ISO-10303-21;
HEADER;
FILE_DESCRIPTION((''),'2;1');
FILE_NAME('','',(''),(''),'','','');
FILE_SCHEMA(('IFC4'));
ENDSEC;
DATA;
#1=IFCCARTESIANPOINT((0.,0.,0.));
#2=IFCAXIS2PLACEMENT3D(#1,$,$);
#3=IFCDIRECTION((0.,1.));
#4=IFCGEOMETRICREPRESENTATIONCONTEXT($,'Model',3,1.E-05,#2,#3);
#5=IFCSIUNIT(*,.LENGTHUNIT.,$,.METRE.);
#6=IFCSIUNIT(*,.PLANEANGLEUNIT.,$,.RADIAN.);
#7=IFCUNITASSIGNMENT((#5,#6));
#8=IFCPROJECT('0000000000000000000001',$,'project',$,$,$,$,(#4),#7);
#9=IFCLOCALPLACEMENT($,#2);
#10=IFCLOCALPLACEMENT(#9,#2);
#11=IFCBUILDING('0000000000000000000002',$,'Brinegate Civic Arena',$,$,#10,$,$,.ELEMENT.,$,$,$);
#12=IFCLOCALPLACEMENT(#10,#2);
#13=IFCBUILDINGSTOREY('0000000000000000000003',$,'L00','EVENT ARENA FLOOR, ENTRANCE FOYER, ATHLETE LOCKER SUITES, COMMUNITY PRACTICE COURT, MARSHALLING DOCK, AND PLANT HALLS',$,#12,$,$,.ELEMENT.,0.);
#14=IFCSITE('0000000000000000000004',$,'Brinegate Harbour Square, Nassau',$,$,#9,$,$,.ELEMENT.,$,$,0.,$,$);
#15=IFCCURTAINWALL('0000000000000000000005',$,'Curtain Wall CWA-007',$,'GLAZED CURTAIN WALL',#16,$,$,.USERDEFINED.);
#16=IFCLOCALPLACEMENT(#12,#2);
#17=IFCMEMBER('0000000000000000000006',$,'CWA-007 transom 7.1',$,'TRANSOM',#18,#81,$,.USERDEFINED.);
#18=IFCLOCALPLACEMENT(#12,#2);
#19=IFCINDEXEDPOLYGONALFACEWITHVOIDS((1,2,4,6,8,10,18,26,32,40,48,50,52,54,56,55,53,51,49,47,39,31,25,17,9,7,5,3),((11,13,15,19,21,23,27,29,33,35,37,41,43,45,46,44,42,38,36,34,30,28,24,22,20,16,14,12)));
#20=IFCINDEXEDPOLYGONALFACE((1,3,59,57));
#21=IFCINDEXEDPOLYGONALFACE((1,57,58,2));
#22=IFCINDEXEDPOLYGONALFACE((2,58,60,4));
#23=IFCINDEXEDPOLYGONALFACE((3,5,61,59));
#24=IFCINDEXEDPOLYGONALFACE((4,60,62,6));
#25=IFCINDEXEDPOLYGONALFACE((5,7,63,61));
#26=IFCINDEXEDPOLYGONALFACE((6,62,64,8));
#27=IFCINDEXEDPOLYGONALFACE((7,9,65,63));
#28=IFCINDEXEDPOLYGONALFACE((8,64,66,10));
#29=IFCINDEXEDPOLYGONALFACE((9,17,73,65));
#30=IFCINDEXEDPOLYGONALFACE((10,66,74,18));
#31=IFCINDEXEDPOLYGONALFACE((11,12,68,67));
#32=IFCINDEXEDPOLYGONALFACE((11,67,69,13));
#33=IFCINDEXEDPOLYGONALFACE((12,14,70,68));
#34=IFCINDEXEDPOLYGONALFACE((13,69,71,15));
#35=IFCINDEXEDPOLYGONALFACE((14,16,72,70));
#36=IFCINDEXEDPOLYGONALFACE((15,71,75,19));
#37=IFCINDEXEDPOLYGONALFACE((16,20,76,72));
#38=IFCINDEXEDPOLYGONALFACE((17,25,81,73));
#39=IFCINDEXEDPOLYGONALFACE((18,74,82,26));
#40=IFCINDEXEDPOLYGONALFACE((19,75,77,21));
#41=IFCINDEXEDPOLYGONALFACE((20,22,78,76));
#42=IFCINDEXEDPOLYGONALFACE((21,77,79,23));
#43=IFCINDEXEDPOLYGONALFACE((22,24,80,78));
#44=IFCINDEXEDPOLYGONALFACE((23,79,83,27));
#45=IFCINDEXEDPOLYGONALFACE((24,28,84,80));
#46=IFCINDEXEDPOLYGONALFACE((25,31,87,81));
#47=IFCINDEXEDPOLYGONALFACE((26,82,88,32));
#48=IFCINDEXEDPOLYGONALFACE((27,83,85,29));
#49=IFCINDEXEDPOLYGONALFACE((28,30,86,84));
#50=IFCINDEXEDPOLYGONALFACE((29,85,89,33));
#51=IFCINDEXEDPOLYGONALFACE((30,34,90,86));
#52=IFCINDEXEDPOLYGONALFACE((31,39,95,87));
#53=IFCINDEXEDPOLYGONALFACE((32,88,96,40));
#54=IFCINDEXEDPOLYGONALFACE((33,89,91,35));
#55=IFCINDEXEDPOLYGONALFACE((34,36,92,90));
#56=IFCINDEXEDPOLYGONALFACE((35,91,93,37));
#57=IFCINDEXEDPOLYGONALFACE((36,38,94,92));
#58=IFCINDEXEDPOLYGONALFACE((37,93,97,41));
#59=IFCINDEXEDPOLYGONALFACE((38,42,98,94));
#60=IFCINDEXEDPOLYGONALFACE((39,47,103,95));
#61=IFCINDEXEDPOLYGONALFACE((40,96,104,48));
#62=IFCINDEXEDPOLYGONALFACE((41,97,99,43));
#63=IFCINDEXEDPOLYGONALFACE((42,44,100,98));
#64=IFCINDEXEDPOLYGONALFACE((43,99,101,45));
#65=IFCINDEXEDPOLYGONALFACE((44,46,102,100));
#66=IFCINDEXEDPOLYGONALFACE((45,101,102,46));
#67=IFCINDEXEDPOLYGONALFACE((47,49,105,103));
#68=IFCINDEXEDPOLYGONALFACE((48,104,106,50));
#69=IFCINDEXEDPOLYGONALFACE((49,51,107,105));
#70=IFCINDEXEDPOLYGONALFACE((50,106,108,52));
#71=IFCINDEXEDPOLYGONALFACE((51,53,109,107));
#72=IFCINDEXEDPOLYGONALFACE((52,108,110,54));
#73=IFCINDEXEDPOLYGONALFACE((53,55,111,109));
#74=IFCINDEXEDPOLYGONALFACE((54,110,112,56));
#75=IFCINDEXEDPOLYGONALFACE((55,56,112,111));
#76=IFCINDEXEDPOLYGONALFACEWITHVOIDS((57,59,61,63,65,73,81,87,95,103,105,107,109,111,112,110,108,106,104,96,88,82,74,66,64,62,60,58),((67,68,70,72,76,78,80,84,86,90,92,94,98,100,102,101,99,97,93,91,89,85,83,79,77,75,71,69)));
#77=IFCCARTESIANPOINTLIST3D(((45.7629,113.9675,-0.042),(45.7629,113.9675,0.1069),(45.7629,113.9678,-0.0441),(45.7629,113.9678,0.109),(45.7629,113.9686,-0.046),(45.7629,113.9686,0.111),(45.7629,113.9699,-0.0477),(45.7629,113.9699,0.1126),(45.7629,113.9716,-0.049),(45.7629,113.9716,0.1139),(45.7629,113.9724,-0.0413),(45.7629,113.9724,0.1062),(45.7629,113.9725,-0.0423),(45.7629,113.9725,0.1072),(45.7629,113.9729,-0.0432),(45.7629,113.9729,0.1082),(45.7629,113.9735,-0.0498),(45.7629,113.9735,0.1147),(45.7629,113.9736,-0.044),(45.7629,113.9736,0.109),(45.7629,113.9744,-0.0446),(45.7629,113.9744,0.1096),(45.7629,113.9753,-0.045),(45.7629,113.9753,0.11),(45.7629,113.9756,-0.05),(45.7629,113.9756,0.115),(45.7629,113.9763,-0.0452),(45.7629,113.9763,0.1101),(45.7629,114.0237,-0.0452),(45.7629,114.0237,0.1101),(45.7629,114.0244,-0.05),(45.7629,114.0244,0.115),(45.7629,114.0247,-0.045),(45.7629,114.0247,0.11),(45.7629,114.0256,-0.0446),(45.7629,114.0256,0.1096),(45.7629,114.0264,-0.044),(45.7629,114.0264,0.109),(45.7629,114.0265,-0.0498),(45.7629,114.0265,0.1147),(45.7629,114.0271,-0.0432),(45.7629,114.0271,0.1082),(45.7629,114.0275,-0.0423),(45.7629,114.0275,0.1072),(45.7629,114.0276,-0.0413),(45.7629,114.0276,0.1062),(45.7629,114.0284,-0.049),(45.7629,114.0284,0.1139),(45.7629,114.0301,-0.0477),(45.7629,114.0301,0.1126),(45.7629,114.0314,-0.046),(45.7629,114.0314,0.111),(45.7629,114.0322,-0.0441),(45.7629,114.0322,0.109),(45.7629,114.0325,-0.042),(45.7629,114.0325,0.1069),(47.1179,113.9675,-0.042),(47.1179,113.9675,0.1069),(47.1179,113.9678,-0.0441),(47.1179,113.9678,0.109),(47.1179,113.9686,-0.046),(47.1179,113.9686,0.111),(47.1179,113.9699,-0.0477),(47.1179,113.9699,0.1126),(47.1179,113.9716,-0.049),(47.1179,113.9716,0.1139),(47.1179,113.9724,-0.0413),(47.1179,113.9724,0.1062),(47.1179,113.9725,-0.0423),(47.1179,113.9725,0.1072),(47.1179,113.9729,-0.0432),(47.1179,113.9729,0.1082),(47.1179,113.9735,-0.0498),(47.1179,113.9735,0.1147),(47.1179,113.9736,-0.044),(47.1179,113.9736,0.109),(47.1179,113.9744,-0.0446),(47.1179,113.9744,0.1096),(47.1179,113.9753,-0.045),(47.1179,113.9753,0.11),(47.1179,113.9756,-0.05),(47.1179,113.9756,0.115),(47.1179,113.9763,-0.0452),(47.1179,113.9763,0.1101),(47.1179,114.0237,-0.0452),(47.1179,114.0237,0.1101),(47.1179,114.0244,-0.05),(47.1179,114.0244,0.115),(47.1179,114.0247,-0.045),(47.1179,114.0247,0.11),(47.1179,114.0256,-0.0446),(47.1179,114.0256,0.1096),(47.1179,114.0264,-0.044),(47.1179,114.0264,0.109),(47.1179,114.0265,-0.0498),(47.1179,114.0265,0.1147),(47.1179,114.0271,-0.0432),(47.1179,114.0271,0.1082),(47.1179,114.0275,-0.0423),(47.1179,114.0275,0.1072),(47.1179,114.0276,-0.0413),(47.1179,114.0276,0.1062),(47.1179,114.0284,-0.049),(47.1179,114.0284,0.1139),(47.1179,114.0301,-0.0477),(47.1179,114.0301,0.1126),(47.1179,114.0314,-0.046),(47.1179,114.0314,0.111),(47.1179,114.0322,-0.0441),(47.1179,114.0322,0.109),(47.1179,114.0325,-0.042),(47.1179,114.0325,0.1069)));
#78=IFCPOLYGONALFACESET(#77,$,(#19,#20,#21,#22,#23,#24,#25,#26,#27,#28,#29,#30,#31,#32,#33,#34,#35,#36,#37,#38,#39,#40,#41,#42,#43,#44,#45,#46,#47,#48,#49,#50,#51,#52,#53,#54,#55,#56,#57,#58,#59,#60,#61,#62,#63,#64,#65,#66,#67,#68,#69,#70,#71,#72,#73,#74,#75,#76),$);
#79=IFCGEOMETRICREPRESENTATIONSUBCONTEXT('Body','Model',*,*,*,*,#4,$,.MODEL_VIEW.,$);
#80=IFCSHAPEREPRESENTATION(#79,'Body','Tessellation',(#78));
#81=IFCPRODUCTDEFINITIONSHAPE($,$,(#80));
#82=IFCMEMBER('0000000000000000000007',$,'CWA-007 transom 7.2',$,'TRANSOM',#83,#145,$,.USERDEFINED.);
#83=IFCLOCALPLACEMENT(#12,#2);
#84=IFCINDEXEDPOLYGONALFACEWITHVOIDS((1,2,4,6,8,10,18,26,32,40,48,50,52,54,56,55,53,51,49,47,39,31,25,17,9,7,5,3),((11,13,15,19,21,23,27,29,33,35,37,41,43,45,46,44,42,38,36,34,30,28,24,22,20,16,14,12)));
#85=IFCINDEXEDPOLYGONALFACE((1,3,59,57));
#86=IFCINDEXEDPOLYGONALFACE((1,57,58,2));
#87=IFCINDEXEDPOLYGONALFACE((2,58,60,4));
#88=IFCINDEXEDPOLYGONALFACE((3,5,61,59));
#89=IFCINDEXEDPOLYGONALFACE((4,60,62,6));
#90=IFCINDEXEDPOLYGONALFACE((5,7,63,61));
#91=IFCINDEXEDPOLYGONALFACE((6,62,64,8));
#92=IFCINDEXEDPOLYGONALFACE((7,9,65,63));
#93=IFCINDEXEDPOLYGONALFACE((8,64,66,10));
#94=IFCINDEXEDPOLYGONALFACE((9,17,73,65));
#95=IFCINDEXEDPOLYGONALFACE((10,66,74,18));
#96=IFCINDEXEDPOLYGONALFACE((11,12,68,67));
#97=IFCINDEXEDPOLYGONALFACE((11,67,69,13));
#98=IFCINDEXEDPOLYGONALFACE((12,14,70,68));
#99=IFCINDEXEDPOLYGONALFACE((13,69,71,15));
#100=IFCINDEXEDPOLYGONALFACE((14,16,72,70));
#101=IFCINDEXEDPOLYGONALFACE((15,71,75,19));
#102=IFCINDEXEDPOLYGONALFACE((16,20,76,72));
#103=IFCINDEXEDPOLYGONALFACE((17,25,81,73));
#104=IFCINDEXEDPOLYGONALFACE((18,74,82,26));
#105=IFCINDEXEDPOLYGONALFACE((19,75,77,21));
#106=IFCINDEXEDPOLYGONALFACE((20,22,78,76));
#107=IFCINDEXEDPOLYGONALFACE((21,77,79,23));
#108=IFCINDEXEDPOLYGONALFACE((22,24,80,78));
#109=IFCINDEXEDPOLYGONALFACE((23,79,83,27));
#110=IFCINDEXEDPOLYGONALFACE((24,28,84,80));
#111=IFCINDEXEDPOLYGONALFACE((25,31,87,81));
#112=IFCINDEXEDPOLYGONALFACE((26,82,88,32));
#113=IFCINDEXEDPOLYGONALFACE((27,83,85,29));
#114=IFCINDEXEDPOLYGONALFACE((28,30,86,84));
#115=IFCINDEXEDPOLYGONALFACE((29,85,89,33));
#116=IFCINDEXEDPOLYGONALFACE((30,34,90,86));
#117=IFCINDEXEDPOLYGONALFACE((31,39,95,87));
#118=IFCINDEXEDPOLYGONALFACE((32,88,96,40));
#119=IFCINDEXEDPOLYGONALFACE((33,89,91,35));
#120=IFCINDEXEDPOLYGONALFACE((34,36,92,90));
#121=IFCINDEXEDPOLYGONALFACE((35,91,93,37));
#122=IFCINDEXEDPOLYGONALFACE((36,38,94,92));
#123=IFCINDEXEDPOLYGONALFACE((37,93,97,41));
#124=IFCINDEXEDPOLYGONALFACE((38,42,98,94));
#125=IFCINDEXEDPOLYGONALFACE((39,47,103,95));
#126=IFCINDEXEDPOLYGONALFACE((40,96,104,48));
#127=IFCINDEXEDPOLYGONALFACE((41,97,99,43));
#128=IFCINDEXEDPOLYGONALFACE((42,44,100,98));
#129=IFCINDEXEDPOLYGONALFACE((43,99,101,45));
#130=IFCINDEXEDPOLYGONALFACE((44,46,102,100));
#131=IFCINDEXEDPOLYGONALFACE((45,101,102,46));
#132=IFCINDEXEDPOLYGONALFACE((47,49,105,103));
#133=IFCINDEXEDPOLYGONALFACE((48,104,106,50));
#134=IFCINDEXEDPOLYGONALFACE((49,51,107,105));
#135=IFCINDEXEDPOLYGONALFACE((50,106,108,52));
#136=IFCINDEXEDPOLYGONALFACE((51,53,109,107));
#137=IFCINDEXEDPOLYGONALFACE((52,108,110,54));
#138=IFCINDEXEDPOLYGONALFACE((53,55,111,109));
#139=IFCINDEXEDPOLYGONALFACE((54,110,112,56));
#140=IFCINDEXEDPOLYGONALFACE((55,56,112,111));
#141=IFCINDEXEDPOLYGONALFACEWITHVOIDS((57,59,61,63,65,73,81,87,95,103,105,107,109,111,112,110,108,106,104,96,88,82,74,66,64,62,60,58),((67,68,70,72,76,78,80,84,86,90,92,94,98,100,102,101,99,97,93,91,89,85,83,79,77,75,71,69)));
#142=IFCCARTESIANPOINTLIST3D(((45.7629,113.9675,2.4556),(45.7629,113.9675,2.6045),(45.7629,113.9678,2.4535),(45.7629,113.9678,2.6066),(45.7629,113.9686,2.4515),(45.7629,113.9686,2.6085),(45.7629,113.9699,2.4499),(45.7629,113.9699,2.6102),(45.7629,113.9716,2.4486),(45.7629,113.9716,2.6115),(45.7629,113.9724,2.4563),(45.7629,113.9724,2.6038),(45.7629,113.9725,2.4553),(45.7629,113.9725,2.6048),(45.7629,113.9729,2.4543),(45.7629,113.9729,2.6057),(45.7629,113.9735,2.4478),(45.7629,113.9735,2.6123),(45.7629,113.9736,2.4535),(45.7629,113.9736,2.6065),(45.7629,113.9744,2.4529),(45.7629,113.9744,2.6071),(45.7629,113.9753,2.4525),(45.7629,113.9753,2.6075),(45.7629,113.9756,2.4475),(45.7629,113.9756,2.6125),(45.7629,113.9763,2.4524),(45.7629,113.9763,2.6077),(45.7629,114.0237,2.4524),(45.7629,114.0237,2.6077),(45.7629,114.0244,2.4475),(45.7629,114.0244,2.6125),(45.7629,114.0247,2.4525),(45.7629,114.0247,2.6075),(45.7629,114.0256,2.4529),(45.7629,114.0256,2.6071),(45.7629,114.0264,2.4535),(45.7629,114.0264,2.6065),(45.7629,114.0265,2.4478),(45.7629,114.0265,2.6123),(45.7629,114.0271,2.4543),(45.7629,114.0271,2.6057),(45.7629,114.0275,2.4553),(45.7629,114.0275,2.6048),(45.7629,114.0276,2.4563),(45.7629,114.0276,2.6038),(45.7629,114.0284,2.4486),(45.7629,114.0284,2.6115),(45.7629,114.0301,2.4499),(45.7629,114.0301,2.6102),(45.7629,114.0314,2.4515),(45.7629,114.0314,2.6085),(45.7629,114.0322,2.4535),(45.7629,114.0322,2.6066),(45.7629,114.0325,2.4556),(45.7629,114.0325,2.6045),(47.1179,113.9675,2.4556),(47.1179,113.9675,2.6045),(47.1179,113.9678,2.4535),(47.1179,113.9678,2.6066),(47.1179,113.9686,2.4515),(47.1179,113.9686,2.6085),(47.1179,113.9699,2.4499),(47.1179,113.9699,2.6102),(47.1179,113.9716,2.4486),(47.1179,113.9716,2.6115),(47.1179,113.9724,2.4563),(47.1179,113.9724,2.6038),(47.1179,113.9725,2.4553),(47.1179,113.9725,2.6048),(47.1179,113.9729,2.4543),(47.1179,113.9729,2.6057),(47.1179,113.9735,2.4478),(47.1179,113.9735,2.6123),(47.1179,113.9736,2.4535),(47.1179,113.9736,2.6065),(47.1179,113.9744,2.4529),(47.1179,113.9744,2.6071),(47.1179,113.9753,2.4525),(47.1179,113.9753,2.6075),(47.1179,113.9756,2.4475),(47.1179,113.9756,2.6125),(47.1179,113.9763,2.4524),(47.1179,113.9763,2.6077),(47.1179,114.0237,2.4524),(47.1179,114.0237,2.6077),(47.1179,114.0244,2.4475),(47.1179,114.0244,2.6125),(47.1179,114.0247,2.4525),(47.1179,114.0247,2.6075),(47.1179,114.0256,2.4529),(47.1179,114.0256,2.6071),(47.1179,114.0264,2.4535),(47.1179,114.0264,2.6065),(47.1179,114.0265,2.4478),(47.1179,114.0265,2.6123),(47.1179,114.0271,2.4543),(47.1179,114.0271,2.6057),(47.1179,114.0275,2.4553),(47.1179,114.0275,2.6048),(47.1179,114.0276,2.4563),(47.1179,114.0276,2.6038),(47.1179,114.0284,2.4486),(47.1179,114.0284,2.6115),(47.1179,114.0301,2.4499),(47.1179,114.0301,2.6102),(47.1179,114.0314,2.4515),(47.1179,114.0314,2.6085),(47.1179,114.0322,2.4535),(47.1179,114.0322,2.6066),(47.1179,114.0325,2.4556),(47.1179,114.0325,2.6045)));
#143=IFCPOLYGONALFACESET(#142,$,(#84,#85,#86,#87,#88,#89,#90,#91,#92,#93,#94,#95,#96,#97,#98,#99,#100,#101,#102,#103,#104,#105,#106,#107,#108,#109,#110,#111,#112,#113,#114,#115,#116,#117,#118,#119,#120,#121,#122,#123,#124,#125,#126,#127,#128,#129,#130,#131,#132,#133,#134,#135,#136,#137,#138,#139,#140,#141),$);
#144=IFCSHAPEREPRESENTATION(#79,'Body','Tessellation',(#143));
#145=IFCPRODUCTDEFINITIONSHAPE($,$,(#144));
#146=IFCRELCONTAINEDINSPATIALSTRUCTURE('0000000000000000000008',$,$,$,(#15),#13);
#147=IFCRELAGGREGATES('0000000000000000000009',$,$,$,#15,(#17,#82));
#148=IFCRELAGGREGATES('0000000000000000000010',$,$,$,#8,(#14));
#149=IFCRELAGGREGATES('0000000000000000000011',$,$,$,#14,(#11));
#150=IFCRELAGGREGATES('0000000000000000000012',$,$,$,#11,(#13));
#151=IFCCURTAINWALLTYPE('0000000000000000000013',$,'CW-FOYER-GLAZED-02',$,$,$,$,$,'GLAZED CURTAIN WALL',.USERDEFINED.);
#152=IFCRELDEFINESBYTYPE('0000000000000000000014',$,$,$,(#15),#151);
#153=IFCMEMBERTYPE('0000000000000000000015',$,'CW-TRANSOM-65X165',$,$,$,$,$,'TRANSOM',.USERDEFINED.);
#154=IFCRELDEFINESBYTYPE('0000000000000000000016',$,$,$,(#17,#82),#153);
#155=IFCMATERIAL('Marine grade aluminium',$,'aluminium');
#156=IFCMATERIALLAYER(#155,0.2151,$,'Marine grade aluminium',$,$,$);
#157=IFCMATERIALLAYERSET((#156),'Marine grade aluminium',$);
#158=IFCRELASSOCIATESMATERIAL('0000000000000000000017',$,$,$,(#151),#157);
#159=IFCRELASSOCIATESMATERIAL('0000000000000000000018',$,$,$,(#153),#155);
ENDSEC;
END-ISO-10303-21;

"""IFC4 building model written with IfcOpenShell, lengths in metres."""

from ifc_helpers import new_model, si_unit, direction, frame, origin, origin_2d, place, context, subcontext, project, spatial, hollow_rectangle, extrude, material, layer, layer_set, material_profile, profile_set, type_object, element, aggregate, save


model = new_model("IFC4")

# Units and contexts
model_context = context("Model", 3, precision=1e-05, world=origin(), true_north=direction((0.0, 1.0)))
body_context = subcontext(model_context, "Body", "Model", "MODEL_VIEW")
ifc_project = project(units=[si_unit("LENGTHUNIT", "METRE"), si_unit("PLANEANGLEUNIT", "RADIAN")], contexts=[model_context])

# Site, building, storey
site_placement = place(None, origin())
site = spatial("IfcSite", under=ifc_project, at=site_placement, Name="Brinegate Harbour Square, Nassau", CompositionType="ELEMENT", RefElevation=0.0)
building_placement = place(site_placement, origin())
building = spatial("IfcBuilding", under=site, at=building_placement, Name="Brinegate Civic Arena", CompositionType="ELEMENT")
storey_placement = place(building_placement, origin())
storey = spatial("IfcBuildingStorey", under=building, at=storey_placement, Name="L00", Description="EVENT ARENA FLOOR, ENTRANCE FOYER, ATHLETE LOCKER SUITES, COMMUNITY PRACTICE COURT, MARSHALLING DOCK, AND PLANT HALLS", CompositionType="ELEMENT", Elevation=0.0)

# Curtain wall, members
ifc_material_1 = material(Name="Marine grade aluminium", Category="aluminium")
ifc_layer_1 = layer(ifc_material_1, 0.2151, Name="Marine grade aluminium")
ifc_layer_set_1 = layer_set([ifc_layer_1], Name="Marine grade aluminium")
curtain_wall_type = type_object("IfcCurtainWallType", Name="CW-FOYER-GLAZED-02", ElementType="GLAZED CURTAIN WALL", PredefinedType="USERDEFINED", material=ifc_layer_set_1)
curtain_wall_placement = place(storey_placement, origin())
curtain_wall = element("IfcCurtainWall", 1, at=curtain_wall_placement, inside=storey, type_object=curtain_wall_type, Name="Curtain Wall CWA-007", ObjectType="GLAZED CURTAIN WALL", PredefinedType="USERDEFINED")
ifc_material_profile_1 = material_profile(ifc_material_1, hollow_rectangle(XDim=0.0649, YDim=0.165, WallThickness=0.0049, InnerFilletRadius=0.0039, OuterFilletRadius=0.0081, at=origin_2d()), Name="TRN65X165")
ifc_profile_set_1 = profile_set([ifc_material_profile_1], Name="Marine grade aluminium")
member_type_1 = type_object("IfcMemberType", Name="CW-TRANSOM-65X165", ElementType="TRANSOM", PredefinedType="USERDEFINED", material=ifc_profile_set_1)
member_1_placement = place(storey_placement, frame((45.7629, 114.0, 0.0325), z_axis=(1.0, 0.0, 0.0), x_axis=(0.0, 1.0, 0.0)))
member_1 = element("IfcMember", 2, at=member_1_placement, type_object=member_type_1, Name="CWA-007 transom 7.1", ObjectType="TRANSOM", PredefinedType="USERDEFINED", context=body_context, shape_type="SweptSolid", body=[
    extrude(hollow_rectangle(XDim=0.0649, YDim=0.165, WallThickness=0.0049, InnerFilletRadius=0.0039, OuterFilletRadius=0.0081, at=origin_2d()), origin(), (0.0, 0.0, 1.0), 1.355),
])
member_2_placement = place(storey_placement, frame((45.7629, 114.0, 2.53), z_axis=(1.0, 0.0, 0.0), x_axis=(0.0, 1.0, 0.0)))
member_2 = element("IfcMember", 3, at=member_2_placement, type_object=member_type_1, Name="CWA-007 transom 7.2", ObjectType="TRANSOM", PredefinedType="USERDEFINED", context=body_context, shape_type="SweptSolid", body=[
    extrude(hollow_rectangle(XDim=0.0649, YDim=0.165, WallThickness=0.0049, InnerFilletRadius=0.0039, OuterFilletRadius=0.0081, at=origin_2d()), origin(), (0.0, 0.0, 1.0), 1.355),
])
aggregate(curtain_wall, [member_1, member_2])

save(model, "model.ifc")
